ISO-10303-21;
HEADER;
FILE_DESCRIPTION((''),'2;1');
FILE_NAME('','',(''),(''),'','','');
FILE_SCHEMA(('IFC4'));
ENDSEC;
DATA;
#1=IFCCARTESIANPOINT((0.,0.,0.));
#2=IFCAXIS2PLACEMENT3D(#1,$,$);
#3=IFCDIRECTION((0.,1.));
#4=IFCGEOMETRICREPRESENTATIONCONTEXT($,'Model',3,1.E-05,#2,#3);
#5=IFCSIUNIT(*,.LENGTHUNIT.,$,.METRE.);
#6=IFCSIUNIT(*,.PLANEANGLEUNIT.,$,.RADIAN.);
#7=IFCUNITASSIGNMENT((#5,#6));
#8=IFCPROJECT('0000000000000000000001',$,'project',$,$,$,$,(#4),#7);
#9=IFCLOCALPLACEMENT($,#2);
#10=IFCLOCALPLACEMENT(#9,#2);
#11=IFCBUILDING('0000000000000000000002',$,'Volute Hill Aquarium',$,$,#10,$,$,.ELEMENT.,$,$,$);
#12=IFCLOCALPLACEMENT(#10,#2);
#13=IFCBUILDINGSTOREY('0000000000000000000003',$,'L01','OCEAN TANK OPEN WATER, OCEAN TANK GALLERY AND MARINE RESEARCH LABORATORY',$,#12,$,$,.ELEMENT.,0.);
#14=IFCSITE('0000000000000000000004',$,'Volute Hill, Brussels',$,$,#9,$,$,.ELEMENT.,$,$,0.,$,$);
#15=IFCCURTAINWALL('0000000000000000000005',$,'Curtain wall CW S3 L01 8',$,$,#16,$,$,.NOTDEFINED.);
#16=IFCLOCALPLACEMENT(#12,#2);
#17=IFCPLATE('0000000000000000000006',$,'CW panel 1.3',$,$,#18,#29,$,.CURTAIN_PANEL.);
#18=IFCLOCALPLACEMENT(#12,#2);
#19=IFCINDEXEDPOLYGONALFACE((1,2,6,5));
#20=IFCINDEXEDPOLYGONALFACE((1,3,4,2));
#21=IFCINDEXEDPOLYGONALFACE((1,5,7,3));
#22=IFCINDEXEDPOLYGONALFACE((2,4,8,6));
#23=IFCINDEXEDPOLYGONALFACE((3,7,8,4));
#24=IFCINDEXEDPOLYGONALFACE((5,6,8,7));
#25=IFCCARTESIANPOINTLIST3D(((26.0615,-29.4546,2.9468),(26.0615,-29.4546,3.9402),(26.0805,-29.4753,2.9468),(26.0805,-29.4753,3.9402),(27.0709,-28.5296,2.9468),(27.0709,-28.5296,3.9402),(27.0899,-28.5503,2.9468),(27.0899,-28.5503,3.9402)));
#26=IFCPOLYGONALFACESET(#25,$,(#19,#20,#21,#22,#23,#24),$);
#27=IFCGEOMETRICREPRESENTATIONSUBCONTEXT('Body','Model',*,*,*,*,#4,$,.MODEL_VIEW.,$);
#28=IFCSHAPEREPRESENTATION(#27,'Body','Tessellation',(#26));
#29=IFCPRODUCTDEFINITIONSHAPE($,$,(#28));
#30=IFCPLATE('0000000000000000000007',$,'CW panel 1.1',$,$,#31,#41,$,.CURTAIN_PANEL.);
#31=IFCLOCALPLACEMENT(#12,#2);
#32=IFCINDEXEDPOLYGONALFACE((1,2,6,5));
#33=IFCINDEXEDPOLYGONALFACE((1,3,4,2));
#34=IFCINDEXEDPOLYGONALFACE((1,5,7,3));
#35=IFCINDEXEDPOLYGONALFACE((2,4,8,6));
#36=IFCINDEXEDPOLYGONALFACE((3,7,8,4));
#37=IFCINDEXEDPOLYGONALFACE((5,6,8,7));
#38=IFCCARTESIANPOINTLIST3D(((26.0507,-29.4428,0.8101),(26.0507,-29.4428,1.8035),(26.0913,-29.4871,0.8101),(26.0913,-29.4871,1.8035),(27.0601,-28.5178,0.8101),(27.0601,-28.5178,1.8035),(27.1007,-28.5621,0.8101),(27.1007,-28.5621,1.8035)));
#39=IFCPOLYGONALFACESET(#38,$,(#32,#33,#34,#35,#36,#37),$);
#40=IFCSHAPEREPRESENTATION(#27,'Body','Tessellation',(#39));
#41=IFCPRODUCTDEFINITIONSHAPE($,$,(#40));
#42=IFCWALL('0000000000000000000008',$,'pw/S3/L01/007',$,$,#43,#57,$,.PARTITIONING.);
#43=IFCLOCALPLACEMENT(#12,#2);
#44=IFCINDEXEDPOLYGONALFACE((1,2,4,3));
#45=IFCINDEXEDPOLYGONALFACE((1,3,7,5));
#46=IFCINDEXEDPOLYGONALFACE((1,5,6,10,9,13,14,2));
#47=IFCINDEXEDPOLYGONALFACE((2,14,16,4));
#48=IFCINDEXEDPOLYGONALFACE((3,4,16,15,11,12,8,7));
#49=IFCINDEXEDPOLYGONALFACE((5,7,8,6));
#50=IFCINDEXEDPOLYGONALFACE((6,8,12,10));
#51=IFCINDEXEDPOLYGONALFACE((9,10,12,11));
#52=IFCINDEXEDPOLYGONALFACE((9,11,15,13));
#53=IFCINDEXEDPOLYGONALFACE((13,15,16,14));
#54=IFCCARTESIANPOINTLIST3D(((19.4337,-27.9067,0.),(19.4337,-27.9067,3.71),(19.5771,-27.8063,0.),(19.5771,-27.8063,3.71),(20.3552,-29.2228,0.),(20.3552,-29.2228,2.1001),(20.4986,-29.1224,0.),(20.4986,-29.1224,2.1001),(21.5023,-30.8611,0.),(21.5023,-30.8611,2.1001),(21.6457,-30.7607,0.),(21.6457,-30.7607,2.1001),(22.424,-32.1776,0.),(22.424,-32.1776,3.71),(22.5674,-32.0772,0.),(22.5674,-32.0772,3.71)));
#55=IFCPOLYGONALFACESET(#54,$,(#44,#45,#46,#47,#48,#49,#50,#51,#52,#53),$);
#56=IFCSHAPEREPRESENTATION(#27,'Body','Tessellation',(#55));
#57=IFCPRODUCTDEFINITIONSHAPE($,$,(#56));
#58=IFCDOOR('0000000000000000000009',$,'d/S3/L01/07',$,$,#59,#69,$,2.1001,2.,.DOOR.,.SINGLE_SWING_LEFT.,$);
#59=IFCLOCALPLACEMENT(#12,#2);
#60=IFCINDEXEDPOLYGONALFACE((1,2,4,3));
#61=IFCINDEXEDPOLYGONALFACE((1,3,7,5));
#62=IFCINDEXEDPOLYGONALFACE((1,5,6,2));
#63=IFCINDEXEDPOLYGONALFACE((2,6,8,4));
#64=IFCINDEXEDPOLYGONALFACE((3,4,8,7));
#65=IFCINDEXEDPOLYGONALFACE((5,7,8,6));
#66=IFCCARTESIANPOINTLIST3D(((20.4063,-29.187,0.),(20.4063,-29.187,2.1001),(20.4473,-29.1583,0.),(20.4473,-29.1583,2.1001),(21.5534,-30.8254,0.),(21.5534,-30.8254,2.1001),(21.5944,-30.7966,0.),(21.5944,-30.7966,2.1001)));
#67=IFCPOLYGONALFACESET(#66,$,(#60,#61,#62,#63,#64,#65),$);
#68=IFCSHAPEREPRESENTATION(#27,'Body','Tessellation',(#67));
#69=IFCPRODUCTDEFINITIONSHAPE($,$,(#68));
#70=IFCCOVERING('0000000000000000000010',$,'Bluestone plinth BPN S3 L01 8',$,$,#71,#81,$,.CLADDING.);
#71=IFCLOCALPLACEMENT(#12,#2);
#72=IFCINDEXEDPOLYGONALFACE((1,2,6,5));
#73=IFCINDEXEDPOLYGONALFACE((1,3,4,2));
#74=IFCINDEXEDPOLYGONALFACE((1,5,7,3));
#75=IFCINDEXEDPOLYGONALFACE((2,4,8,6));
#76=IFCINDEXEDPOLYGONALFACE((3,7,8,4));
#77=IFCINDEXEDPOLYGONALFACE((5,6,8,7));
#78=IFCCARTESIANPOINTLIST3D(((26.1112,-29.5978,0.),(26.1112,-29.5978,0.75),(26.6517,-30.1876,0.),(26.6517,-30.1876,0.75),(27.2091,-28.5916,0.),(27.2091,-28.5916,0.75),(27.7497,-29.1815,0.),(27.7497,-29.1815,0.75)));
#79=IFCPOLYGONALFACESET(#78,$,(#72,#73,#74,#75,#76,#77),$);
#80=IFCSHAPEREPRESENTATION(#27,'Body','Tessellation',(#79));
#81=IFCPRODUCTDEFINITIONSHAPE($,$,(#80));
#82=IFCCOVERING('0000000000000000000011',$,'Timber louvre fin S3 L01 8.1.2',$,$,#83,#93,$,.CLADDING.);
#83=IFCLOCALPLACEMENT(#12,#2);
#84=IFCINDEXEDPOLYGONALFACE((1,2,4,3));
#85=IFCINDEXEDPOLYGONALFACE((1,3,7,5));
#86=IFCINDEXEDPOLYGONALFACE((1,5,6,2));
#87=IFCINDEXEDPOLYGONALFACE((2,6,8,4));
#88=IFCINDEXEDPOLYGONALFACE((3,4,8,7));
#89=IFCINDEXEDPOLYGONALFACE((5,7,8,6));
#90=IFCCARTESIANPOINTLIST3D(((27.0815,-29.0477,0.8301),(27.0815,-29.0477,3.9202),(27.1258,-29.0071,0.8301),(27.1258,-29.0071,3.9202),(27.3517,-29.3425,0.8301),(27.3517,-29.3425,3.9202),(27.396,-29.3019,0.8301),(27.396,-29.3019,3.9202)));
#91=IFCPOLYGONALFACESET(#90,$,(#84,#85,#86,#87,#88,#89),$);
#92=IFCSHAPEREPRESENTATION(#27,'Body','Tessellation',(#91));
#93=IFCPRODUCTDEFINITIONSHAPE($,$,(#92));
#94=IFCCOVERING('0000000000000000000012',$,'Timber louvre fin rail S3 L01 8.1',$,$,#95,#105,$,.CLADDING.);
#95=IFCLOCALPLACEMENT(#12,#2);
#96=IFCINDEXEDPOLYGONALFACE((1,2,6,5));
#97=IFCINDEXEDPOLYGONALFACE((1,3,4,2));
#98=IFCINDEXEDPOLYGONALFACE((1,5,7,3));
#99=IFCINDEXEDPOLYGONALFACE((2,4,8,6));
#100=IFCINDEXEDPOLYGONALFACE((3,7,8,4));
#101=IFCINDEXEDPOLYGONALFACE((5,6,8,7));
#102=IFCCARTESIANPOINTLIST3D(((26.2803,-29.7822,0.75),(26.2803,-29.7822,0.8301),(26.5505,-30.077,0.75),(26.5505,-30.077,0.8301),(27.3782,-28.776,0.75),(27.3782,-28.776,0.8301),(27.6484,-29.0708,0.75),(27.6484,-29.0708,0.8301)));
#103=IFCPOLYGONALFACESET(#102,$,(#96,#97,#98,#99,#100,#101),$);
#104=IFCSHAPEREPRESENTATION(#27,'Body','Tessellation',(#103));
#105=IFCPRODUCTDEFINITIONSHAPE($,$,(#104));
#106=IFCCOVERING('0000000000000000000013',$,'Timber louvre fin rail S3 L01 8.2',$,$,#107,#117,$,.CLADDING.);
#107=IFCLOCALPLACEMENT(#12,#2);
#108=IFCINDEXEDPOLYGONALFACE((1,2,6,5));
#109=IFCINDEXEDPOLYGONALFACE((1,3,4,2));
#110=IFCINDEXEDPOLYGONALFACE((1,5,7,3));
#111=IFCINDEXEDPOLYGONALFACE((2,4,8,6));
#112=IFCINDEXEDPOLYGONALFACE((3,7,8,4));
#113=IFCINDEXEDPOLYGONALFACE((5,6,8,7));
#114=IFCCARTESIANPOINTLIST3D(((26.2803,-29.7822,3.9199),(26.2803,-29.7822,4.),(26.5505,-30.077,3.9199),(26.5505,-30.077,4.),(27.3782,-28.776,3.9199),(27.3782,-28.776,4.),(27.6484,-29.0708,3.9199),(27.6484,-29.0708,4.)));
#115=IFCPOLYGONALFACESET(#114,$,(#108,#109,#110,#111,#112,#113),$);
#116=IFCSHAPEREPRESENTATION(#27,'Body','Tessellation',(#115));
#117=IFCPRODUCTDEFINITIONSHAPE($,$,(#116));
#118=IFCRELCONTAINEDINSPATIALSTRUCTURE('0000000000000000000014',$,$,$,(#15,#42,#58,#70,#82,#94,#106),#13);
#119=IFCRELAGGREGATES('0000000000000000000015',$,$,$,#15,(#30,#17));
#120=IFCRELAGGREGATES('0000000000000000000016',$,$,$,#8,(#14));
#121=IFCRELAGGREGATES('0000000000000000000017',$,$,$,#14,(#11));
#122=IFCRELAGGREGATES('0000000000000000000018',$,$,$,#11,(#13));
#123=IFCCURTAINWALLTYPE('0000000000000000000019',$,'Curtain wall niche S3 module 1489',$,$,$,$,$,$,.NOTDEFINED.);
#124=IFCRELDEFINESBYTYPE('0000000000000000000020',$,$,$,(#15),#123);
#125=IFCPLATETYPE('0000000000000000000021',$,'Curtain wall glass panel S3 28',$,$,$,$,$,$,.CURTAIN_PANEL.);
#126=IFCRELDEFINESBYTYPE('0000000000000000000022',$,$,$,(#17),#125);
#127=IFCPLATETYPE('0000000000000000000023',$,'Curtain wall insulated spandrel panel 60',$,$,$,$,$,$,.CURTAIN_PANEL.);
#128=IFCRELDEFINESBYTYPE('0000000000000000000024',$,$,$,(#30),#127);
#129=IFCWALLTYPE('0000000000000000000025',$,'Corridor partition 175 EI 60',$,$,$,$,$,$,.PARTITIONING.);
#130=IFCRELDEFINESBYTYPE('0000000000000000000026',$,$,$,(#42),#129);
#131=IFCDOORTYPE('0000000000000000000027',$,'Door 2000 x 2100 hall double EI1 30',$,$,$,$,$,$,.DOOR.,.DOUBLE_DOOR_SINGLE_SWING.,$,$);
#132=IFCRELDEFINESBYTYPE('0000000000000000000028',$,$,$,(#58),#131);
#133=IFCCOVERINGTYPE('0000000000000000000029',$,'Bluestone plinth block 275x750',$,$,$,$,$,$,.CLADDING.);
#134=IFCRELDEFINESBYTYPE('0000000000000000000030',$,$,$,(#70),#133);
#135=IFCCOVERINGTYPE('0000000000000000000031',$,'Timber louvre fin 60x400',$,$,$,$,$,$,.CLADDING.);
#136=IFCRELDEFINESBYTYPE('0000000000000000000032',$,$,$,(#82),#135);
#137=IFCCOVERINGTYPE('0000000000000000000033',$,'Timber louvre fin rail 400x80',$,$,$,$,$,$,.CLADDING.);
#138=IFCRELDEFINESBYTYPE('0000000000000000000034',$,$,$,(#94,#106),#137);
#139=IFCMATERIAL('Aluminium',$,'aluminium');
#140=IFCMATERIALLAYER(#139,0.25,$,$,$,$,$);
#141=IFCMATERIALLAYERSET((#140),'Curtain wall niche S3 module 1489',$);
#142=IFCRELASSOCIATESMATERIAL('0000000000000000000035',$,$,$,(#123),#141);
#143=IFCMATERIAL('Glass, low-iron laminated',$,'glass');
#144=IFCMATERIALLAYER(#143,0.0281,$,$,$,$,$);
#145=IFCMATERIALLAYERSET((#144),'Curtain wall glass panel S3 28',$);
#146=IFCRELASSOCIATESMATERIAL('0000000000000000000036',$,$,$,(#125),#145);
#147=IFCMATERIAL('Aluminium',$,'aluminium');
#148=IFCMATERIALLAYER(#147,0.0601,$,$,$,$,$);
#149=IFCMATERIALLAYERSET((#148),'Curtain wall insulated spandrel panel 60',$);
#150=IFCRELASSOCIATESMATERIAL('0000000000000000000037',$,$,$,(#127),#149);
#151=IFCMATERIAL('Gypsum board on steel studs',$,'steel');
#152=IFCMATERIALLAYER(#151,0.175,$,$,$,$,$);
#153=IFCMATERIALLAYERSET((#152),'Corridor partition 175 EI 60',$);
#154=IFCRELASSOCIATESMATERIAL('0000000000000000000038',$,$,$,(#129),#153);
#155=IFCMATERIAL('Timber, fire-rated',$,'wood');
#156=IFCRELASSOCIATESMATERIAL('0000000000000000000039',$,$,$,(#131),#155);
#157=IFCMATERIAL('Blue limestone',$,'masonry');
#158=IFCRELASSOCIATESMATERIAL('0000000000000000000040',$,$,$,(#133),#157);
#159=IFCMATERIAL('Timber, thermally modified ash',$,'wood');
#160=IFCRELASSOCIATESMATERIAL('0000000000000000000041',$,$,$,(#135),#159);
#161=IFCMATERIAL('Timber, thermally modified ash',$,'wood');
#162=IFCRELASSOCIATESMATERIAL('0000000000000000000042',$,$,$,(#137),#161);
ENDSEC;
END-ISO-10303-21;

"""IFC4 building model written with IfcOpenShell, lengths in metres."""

from ifc_helpers import new_model, si_unit, direction, frame, frame_2d, origin, origin_2d, place, context, subcontext, project, spatial, rectangle, extrude, material, layer, layer_set, type_object, element, fill, aggregate, save


model = new_model("IFC4")

# Units and contexts
model_context = context("Model", 3, precision=1e-05, world=origin(), true_north=direction((0.0, 1.0)))
body_context = subcontext(model_context, "Body", "Model", "MODEL_VIEW")
ifc_project = project(units=[si_unit("LENGTHUNIT", "METRE"), si_unit("PLANEANGLEUNIT", "RADIAN")], contexts=[model_context])

# Site, building, storey
site_placement = place(None, origin())
site = spatial("IfcSite", under=ifc_project, at=site_placement, Name="Volute Hill, Brussels", CompositionType="ELEMENT", RefElevation=0.0)
building_placement = place(site_placement, origin())
building = spatial("IfcBuilding", under=site, at=building_placement, Name="Volute Hill Aquarium", CompositionType="ELEMENT")
storey_placement = place(building_placement, origin())
storey = spatial("IfcBuildingStorey", under=building, at=storey_placement, Name="L01", Description="OCEAN TANK OPEN WATER, OCEAN TANK GALLERY AND MARINE RESEARCH LABORATORY", CompositionType="ELEMENT", Elevation=0.0)

# Curtain wall
ifc_material_1 = material(Name="Aluminium", Category="aluminium")
ifc_layer_1 = layer(ifc_material_1, 0.25)
ifc_layer_set_1 = layer_set([ifc_layer_1], Name="Curtain wall niche S3 module 1489")
curtain_wall_type = type_object("IfcCurtainWallType", Name="Curtain wall niche S3 module 1489", PredefinedType="NOTDEFINED", material=ifc_layer_set_1)
curtain_wall_placement = place(storey_placement, origin())
curtain_wall = element("IfcCurtainWall", 1, at=curtain_wall_placement, inside=storey, type_object=curtain_wall_type, Name="Curtain wall CW S3 L01 8", PredefinedType="NOTDEFINED")

# Plates
ifc_material_2 = material(Name="Glass, low-iron laminated", Category="glass")
ifc_layer_2 = layer(ifc_material_2, 0.0281)
ifc_layer_set_2 = layer_set([ifc_layer_2], Name="Curtain wall glass panel S3 28")
plate_type_1 = type_object("IfcPlateType", Name="Curtain wall glass panel S3 28", PredefinedType="CURTAIN_PANEL", material=ifc_layer_set_2)
plate_1_placement = place(storey_placement, frame((26.5757, -29.0024, 2.9468), z_axis=(0.0, 0.0, 1.0), x_axis=(0.737256, 0.675613, 0.0)))
plate_1 = element("IfcPlate", 2, at=plate_1_placement, type_object=plate_type_1, Name="CW panel 1.3", PredefinedType="CURTAIN_PANEL", context=body_context, shape_type="SweptSolid", body=[
    extrude(rectangle(XDim=1.3691, YDim=0.0281, at=origin_2d()), origin(), (0.0, 0.0, 1.0), 0.9934),
])
ifc_material_3 = material(Name="Aluminium", Category="aluminium")
ifc_layer_3 = layer(ifc_material_3, 0.0601)
ifc_layer_set_3 = layer_set([ifc_layer_3], Name="Curtain wall insulated spandrel panel 60")
plate_type_2 = type_object("IfcPlateType", Name="Curtain wall insulated spandrel panel 60", PredefinedType="CURTAIN_PANEL", material=ifc_layer_set_3)
plate_2_placement = place(storey_placement, frame((26.5757, -29.0024, 0.8101), z_axis=(0.0, 0.0, 1.0), x_axis=(0.737256, 0.675613, 0.0)))
plate_2 = element("IfcPlate", 3, at=plate_2_placement, type_object=plate_type_2, Name="CW panel 1.1", PredefinedType="CURTAIN_PANEL", context=body_context, shape_type="SweptSolid", body=[
    extrude(rectangle(XDim=1.3691, YDim=0.0601, at=origin_2d()), origin(), (0.0, 0.0, 1.0), 0.9934),
])
aggregate(curtain_wall, [plate_2, plate_1])

# Wall, opening, door
ifc_material_4 = material(Name="Gypsum board on steel studs", Category="steel")
ifc_layer_4 = layer(ifc_material_4, 0.175)
ifc_layer_set_4 = layer_set([ifc_layer_4], Name="Corridor partition 175 EI 60")
wall_type = type_object("IfcWallType", Name="Corridor partition 175 EI 60", PredefinedType="PARTITIONING", material=ifc_layer_set_4)
wall_placement = place(storey_placement, frame((19.5054, -27.8564, 0.0), z_axis=(0.0, 0.0, 1.0), x_axis=(0.573553, -0.819168, 0.0)))
wall = element("IfcWall", 4, at=wall_placement, inside=storey, type_object=wall_type, Name="pw/S3/L01/007", PredefinedType="PARTITIONING", context=body_context, shape_type="SweptSolid", body=[
    extrude(rectangle(XDim=5.2136, YDim=0.175, at=frame_2d((2.6069, 0.0))), origin(), (0.0, 0.0, 1.0), 3.71),
])
opening_placement = place(wall_placement, frame((1.6067, 0.0, 0.0)))
opening = element("IfcOpeningElement", 5, at=opening_placement, cuts=wall, PredefinedType="OPENING", context=body_context, shape_type="SweptSolid", body=[
    extrude(rectangle(XDim=2.0, YDim=2.1001, at=frame_2d((1.0, 1.05))), frame((0.0, 0.0974, 0.0), z_axis=(0.0, -1.0, 0.0), x_axis=(1.0, 0.0, 0.0)), (0.0, 0.0, 1.0), 0.1951),
])
ifc_material_5 = material(Name="Timber, fire-rated", Category="wood")
door_type = type_object("IfcDoorType", Name="Door 2000 x 2100 hall double EI1 30", OperationType="DOUBLE_DOOR_SINGLE_SWING", PredefinedType="DOOR", material=ifc_material_5)
door_placement = place(opening_placement, origin())
door = element("IfcDoor", 6, at=door_placement, inside=storey, type_object=door_type, Name="d/S3/L01/07", OperationType="SINGLE_SWING_LEFT", OverallHeight=2.1001, OverallWidth=2.0, PredefinedType="DOOR", context=body_context, shape_type="SweptSolid", body=[
    extrude(rectangle(XDim=2.0, YDim=2.1001, at=frame_2d((1.0, 1.05))), frame((0.0, 0.0249, 0.0), z_axis=(0.0, -1.0, 0.0), x_axis=(1.0, 0.0, 0.0)), (0.0, 0.0, 1.0), 0.05),
])
fill(opening, door)

# Covering
ifc_material_6 = material(Name="Blue limestone", Category="masonry")
covering_type_1 = type_object("IfcCoveringType", Name="Bluestone plinth block 275x750", PredefinedType="CLADDING", material=ifc_material_6)
covering_1_placement = place(storey_placement, frame((26.9304, -29.3896, 0.0), z_axis=(0.0, 0.0, 1.0), x_axis=(0.737257, 0.675612, 0.0)))
element("IfcCovering", 7, at=covering_1_placement, inside=storey, type_object=covering_type_1, Name="Bluestone plinth BPN S3 L01 8", PredefinedType="CLADDING", context=body_context, shape_type="SweptSolid", body=[
    extrude(rectangle(XDim=1.4893, YDim=0.8, at=origin_2d()), origin(), (0.0, 0.0, 1.0), 0.75),
])

# Coverings
ifc_material_7 = material(Name="Timber, thermally modified ash", Category="wood")
covering_type_2 = type_object("IfcCoveringType", Name="Timber louvre fin 60x400", PredefinedType="CLADDING", material=ifc_material_7)
covering_2_placement = place(storey_placement, frame((27.2388, -29.1748, 0.8301), z_axis=(0.0, 0.0, 1.0), x_axis=(0.737257, 0.675612, 0.0)))
element("IfcCovering", 8, at=covering_2_placement, inside=storey, type_object=covering_type_2, Name="Timber louvre fin S3 L01 8.1.2", PredefinedType="CLADDING", context=body_context, shape_type="SweptSolid", body=[
    extrude(rectangle(XDim=0.0601, YDim=0.3999, at=origin_2d()), origin(), (0.0, 0.0, 1.0), 3.0901),
])
ifc_material_8 = material(Name="Timber, thermally modified ash", Category="wood")
covering_type_3 = type_object("IfcCoveringType", Name="Timber louvre fin rail 400x80", PredefinedType="CLADDING", material=ifc_material_8)
for number, where, z_axis, x_axis, name in (
    (9, (26.9644, -29.4265, 0.75), (0.0, 0.0, 1.0), (0.737257, 0.675612, 0.0), "Timber louvre fin rail S3 L01 8.1"),
    (10, (26.9644, -29.4265, 3.9199), (0.0, 0.0, 1.0), (0.737257, 0.675612, 0.0), "Timber louvre fin rail S3 L01 8.2"),
):
    element("IfcCovering", number, at=place(storey_placement, frame(where, z_axis=z_axis, x_axis=x_axis)), inside=storey, type_object=covering_type_3, Name=name, PredefinedType="CLADDING", context=body_context, shape_type="SweptSolid", body=[
        extrude(rectangle(XDim=1.4893, YDim=0.3999, at=origin_2d()), origin(), (0.0, 0.0, 1.0), 0.0801),
    ])

save(model, "model.ifc")
